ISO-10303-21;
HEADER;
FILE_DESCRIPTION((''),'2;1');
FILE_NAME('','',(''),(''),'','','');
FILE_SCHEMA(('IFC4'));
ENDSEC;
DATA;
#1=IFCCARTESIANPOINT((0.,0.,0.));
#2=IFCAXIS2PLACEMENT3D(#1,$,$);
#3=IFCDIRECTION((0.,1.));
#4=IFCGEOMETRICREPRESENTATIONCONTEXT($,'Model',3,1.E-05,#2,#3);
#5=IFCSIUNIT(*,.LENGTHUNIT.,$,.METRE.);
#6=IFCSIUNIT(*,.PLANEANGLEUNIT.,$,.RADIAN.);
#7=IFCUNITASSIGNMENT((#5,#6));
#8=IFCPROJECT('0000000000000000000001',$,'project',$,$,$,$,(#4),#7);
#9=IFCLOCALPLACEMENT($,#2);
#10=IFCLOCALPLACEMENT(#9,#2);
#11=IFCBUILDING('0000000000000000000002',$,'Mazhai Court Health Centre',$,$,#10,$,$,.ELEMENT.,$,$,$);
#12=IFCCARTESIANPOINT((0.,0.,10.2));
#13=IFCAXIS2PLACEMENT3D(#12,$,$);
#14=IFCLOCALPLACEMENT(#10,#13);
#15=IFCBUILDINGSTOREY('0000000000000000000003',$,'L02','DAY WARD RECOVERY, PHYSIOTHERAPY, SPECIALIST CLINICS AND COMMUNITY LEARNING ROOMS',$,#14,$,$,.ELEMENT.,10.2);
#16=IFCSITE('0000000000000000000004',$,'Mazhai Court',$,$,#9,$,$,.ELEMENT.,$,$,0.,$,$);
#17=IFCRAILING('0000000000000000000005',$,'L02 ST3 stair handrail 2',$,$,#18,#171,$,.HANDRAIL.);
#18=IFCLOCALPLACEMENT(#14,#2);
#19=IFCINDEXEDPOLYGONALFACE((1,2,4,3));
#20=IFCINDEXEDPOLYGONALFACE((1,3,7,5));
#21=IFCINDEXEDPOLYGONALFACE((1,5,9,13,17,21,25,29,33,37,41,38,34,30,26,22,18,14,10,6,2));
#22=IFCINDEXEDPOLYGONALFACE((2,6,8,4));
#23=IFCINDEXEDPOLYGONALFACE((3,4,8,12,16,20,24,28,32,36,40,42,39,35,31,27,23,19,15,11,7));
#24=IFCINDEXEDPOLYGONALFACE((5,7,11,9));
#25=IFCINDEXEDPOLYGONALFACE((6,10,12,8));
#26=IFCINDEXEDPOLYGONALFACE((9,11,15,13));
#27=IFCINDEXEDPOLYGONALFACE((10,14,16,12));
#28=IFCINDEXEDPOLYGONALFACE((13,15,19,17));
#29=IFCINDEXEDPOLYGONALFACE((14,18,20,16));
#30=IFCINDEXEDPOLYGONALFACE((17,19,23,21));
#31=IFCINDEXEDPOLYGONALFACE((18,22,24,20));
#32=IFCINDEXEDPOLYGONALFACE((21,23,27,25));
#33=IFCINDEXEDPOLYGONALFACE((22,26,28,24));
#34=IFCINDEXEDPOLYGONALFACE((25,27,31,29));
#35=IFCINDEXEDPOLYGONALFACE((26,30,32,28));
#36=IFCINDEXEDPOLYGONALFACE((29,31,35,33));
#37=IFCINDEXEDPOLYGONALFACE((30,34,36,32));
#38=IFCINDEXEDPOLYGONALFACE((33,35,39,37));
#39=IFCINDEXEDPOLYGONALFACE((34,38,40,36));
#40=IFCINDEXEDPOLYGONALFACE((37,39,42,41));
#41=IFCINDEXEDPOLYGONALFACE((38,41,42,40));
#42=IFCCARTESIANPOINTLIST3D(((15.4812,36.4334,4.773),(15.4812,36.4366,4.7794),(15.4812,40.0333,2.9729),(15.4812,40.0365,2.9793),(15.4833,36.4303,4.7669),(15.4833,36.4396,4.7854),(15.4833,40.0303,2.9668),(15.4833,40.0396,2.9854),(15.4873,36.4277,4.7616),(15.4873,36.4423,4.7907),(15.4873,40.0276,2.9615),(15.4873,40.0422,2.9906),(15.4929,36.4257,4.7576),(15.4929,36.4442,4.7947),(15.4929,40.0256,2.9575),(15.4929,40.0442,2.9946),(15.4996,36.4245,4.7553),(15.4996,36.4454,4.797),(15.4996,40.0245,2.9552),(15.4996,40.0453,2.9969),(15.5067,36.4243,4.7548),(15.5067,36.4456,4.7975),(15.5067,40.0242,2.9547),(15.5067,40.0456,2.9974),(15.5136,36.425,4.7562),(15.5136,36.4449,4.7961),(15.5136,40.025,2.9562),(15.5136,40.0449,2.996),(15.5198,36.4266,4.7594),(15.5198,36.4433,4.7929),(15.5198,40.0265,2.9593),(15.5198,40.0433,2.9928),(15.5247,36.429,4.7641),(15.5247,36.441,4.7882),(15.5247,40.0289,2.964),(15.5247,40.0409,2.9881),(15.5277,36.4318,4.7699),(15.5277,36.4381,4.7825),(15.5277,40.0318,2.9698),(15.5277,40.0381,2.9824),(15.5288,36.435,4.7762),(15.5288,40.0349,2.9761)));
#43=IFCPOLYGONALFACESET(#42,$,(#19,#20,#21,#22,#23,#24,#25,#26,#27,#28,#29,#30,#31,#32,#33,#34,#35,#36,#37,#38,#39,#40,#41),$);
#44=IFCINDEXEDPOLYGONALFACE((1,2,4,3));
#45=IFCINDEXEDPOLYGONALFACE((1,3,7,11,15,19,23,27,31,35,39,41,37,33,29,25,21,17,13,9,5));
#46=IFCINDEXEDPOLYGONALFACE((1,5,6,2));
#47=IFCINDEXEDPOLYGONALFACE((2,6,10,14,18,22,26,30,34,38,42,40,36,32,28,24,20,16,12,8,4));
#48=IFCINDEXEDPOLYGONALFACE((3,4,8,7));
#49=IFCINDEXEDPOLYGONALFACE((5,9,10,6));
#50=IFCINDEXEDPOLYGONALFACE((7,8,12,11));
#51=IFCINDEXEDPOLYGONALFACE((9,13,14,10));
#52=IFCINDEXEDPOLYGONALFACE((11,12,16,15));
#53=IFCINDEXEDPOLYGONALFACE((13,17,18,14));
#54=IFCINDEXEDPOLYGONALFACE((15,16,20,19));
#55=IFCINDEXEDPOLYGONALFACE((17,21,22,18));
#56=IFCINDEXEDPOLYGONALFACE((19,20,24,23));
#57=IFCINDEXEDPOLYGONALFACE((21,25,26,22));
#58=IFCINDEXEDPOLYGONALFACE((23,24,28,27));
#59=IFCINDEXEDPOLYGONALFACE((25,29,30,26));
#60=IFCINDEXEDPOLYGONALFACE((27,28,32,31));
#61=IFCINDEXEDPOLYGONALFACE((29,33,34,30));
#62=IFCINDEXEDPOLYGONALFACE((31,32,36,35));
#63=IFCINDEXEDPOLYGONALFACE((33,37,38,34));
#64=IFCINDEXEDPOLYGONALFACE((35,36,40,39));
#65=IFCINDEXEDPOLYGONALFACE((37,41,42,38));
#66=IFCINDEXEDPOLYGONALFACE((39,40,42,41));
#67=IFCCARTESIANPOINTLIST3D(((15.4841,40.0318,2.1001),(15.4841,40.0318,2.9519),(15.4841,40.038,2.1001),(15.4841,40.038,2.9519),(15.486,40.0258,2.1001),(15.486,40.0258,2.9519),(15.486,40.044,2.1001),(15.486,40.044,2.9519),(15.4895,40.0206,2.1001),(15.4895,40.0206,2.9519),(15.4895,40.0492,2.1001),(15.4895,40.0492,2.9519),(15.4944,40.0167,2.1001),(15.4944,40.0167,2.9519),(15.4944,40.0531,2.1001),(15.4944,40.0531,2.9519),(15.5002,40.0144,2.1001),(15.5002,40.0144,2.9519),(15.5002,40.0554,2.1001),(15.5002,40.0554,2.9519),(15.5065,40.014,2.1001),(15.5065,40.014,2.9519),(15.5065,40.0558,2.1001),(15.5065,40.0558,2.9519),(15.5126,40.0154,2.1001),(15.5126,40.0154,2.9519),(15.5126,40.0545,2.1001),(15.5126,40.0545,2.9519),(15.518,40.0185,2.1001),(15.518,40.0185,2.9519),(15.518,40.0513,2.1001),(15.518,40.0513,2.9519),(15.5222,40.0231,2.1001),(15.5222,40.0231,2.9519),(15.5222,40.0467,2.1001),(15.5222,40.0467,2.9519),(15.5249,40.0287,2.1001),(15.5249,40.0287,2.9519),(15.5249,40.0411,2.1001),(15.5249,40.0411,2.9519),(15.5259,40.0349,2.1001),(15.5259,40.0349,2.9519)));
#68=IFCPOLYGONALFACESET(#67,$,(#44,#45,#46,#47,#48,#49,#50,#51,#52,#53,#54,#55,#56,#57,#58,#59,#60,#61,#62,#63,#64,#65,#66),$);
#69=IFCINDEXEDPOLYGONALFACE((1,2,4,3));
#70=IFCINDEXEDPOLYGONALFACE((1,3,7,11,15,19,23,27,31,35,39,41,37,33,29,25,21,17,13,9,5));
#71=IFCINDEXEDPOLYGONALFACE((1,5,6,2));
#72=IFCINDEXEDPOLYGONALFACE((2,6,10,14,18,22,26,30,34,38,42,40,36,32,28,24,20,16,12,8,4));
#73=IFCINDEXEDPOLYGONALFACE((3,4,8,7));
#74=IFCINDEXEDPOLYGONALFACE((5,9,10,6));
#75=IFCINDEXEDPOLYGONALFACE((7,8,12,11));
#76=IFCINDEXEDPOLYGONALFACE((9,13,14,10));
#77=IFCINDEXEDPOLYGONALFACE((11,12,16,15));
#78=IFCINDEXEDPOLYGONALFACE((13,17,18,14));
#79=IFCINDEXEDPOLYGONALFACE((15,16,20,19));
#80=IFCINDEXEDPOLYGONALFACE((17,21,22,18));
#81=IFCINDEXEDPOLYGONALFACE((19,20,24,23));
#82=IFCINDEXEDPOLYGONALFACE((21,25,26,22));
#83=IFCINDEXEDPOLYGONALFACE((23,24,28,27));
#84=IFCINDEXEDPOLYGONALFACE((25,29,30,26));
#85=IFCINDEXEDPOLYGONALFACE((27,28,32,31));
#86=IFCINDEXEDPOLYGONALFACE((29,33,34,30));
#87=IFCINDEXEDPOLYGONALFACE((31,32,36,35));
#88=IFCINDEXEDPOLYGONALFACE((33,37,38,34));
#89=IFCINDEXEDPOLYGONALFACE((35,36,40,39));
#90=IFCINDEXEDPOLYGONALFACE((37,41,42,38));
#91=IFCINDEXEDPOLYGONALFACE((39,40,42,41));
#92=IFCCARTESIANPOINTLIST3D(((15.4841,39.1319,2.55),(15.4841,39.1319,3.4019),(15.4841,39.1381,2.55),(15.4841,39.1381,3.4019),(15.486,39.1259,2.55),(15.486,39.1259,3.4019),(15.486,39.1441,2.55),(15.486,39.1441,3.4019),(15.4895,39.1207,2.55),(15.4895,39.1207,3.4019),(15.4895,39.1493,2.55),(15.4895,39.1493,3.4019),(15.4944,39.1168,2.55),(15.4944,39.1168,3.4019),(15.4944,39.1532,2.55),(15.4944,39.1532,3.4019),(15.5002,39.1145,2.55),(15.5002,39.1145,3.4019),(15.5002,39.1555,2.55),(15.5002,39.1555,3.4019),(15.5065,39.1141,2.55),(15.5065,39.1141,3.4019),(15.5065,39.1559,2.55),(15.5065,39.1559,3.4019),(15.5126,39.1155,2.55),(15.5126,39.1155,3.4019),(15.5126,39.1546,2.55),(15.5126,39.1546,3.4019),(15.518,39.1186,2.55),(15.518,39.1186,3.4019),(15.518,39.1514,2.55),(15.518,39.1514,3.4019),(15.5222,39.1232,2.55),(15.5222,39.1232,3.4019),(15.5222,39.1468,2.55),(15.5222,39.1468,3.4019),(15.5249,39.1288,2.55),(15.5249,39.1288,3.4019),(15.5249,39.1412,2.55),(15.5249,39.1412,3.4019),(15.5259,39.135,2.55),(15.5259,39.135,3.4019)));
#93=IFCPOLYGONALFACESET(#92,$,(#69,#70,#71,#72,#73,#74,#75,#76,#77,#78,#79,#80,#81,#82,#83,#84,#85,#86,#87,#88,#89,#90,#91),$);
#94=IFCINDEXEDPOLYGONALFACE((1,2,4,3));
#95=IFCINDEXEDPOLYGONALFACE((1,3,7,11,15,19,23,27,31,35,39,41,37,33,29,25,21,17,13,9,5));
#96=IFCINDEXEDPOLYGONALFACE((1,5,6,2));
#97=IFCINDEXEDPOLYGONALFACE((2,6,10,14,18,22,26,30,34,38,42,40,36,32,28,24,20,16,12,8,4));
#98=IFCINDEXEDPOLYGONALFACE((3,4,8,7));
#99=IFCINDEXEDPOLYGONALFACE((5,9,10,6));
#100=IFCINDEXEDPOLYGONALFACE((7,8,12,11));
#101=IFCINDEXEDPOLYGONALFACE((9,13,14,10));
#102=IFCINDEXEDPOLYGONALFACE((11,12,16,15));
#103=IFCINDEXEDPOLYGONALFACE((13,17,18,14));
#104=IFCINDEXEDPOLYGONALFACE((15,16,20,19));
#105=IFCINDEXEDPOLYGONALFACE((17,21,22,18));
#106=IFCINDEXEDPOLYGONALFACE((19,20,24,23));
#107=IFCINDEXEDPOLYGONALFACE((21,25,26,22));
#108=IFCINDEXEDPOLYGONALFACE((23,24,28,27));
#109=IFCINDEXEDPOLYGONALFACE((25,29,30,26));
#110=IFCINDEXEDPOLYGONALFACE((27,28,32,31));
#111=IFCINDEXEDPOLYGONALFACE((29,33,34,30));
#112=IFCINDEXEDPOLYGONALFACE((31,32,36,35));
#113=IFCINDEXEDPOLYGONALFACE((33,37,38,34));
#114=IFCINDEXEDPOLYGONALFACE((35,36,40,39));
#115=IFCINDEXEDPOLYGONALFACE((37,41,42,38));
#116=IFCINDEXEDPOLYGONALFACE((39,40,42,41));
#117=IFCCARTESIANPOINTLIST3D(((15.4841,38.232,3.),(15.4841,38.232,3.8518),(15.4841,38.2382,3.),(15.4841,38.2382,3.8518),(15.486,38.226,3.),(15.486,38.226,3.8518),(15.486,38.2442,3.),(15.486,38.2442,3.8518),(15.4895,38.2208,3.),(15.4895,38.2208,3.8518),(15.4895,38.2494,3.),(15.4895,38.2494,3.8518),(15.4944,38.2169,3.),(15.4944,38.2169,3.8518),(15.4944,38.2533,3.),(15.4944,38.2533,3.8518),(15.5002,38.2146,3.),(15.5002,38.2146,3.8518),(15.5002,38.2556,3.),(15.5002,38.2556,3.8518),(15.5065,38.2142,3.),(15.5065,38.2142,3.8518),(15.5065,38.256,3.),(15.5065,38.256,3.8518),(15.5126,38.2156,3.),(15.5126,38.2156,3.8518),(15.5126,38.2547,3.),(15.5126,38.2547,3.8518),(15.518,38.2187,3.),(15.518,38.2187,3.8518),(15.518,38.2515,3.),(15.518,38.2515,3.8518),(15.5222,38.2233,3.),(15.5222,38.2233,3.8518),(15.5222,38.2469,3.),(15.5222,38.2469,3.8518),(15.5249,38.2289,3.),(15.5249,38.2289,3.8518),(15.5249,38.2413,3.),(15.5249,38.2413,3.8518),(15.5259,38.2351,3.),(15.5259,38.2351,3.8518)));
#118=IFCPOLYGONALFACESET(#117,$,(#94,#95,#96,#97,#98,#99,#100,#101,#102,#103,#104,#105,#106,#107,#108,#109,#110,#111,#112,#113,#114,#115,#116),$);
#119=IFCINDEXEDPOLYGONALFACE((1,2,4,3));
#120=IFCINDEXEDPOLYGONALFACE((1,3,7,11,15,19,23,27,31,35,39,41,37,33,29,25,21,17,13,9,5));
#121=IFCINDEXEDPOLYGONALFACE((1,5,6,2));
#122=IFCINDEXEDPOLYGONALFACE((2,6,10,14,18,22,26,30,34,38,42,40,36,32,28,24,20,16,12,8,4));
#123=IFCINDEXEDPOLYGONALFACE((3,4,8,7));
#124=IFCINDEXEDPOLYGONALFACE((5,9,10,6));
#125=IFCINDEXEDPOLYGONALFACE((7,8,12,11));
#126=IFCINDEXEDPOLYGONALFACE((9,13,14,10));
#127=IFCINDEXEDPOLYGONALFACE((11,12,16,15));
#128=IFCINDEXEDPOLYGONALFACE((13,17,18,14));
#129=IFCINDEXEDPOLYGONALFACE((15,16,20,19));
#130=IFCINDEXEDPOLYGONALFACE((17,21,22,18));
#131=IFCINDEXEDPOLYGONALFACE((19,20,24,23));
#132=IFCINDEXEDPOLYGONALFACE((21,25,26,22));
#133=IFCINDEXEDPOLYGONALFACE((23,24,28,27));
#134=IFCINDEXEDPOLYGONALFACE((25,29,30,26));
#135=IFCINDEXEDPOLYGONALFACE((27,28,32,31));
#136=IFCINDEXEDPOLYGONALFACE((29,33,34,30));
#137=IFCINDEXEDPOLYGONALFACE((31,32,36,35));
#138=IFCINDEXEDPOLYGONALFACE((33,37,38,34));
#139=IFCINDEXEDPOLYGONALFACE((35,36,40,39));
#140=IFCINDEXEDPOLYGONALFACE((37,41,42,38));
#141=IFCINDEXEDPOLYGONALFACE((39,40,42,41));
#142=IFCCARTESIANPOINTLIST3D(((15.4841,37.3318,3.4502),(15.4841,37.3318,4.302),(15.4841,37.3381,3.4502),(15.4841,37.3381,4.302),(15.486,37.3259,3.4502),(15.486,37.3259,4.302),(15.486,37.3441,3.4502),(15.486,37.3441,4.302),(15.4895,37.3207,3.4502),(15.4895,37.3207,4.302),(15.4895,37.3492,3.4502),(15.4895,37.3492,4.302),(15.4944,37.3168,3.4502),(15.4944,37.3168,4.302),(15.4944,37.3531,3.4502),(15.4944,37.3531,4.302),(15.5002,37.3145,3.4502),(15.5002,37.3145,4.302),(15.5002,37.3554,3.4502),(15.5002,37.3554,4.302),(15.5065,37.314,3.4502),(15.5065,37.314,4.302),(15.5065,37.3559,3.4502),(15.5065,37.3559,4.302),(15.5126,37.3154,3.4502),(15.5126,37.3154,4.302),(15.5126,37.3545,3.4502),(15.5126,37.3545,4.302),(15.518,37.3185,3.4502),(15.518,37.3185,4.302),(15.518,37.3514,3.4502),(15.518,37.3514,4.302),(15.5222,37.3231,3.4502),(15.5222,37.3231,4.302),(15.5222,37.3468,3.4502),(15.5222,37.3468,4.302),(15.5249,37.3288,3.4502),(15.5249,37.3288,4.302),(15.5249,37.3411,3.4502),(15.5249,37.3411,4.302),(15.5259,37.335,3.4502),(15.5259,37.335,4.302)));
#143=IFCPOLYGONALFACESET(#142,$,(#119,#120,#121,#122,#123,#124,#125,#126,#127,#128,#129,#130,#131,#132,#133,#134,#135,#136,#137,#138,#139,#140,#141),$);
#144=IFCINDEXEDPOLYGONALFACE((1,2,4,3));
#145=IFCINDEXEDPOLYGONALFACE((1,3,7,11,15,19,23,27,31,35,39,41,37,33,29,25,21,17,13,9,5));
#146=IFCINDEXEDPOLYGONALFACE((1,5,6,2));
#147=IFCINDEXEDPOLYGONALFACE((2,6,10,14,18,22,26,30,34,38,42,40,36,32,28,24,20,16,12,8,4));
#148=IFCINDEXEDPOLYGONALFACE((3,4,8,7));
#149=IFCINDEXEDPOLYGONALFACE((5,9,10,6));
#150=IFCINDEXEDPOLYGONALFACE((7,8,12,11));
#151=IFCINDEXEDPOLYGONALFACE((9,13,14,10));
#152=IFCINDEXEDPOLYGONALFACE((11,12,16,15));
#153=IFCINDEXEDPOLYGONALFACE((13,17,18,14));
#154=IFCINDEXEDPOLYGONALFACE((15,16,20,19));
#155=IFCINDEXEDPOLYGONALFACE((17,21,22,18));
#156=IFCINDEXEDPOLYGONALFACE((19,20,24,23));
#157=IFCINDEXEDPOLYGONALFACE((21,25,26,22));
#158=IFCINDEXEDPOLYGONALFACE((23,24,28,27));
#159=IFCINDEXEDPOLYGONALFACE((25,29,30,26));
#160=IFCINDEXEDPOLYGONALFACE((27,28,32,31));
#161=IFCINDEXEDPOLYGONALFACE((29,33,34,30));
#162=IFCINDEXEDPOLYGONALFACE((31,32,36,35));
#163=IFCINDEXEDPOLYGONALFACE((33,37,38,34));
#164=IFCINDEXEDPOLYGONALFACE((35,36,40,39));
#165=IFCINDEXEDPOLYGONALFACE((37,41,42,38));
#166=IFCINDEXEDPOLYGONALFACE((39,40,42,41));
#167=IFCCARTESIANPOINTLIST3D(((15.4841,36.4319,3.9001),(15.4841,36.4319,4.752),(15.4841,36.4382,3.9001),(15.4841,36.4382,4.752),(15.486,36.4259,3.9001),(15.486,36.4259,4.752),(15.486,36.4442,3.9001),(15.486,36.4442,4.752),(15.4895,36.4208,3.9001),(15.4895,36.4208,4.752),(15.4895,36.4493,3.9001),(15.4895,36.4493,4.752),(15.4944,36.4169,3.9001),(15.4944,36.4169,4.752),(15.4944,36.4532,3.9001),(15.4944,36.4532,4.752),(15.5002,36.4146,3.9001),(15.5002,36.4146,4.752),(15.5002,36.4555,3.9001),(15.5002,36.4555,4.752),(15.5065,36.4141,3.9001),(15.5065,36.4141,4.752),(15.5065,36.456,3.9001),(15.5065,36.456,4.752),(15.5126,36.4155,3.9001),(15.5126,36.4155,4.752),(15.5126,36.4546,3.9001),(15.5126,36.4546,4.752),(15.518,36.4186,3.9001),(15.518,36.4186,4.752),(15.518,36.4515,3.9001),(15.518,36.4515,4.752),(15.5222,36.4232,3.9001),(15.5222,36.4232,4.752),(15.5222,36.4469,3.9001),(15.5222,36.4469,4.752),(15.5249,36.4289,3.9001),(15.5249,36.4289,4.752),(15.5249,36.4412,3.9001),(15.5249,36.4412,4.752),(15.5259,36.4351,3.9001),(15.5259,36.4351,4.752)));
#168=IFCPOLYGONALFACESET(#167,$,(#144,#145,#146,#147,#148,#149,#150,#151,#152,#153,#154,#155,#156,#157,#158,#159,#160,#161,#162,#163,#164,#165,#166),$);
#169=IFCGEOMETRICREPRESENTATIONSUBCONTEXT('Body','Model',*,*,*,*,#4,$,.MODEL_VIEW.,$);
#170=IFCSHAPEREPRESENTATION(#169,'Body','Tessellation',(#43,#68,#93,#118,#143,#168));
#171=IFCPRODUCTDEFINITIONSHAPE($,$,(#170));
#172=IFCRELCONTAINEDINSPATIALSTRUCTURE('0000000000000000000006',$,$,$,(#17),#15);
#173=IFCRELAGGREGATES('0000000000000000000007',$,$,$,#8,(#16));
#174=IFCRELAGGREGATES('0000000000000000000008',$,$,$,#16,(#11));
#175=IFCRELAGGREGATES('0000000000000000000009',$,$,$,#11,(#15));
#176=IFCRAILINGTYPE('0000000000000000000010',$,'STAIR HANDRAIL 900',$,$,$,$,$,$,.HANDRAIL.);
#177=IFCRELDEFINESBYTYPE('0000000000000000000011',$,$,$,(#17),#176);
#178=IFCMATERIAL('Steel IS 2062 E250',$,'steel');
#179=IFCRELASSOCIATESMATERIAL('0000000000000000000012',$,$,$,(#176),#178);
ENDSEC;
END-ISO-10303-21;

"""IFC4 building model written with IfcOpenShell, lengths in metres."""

from ifc_helpers import new_model, si_unit, direction, frame, origin, origin_2d, place, context, subcontext, project, spatial, circle, extrude, material, type_object, element, save


model = new_model("IFC4")

# Units and contexts
model_context = context("Model", 3, precision=1e-05, world=origin(), true_north=direction((0.0, 1.0)))
body_context = subcontext(model_context, "Body", "Model", "MODEL_VIEW")
ifc_project = project(units=[si_unit("LENGTHUNIT", "METRE"), si_unit("PLANEANGLEUNIT", "RADIAN")], contexts=[model_context])

# Site, building, storey
site_placement = place(None, origin())
site = spatial("IfcSite", under=ifc_project, at=site_placement, Name="Mazhai Court", CompositionType="ELEMENT", RefElevation=0.0)
building_placement = place(site_placement, origin())
building = spatial("IfcBuilding", under=site, at=building_placement, Name="Mazhai Court Health Centre", CompositionType="ELEMENT")
storey_placement = place(building_placement, frame((0.0, 0.0, 10.2)))
storey = spatial("IfcBuildingStorey", under=building, at=storey_placement, Name="L02", Description="DAY WARD RECOVERY, PHYSIOTHERAPY, SPECIALIST CLINICS AND COMMUNITY LEARNING ROOMS", CompositionType="ELEMENT", Elevation=10.2)

# Railing
ifc_material_1 = material(Name="Steel IS 2062 E250", Category="steel")
railing_type_1 = type_object("IfcRailingType", Name="STAIR HANDRAIL 900", PredefinedType="HANDRAIL", material=ifc_material_1)
for number, where, name in (
    (1, (15.5049, 40.0349, 2.1001), "L02 ST3 stair handrail 2"),
):
    element("IfcRailing", number, at=place(storey_placement, frame(where)), inside=storey, type_object=railing_type_1, Name=name, PredefinedType="HANDRAIL", context=body_context, shape_type="SweptSolid", body=[
        extrude(circle(Radius=0.0239, at=origin_2d()), frame((0.0, 0.0, 0.876), z_axis=(0.0, -0.894415, 0.447238), x_axis=(1.0, 0.0, 0.0)), (0.0, 0.0, 1.0), 4.0249),
        extrude(circle(Radius=0.021, at=origin_2d()), origin(), (0.0, 0.0, 1.0), 0.8518),
        extrude(circle(Radius=0.021, at=origin_2d()), frame((0.0, -0.8999, 0.45)), (0.0, 0.0, 1.0), 0.8518),
        extrude(circle(Radius=0.021, at=origin_2d()), frame((0.0, -1.7998, 0.8999)), (0.0, 0.0, 1.0), 0.8518),
        extrude(circle(Radius=0.021, at=origin_2d()), frame((0.0, -2.7, 1.3501)), (0.0, 0.0, 1.0), 0.8518),
        extrude(circle(Radius=0.021, at=origin_2d()), frame((0.0, -3.5999, 1.8)), (0.0, 0.0, 1.0), 0.8518),
    ])

save(model, "model.ifc")
